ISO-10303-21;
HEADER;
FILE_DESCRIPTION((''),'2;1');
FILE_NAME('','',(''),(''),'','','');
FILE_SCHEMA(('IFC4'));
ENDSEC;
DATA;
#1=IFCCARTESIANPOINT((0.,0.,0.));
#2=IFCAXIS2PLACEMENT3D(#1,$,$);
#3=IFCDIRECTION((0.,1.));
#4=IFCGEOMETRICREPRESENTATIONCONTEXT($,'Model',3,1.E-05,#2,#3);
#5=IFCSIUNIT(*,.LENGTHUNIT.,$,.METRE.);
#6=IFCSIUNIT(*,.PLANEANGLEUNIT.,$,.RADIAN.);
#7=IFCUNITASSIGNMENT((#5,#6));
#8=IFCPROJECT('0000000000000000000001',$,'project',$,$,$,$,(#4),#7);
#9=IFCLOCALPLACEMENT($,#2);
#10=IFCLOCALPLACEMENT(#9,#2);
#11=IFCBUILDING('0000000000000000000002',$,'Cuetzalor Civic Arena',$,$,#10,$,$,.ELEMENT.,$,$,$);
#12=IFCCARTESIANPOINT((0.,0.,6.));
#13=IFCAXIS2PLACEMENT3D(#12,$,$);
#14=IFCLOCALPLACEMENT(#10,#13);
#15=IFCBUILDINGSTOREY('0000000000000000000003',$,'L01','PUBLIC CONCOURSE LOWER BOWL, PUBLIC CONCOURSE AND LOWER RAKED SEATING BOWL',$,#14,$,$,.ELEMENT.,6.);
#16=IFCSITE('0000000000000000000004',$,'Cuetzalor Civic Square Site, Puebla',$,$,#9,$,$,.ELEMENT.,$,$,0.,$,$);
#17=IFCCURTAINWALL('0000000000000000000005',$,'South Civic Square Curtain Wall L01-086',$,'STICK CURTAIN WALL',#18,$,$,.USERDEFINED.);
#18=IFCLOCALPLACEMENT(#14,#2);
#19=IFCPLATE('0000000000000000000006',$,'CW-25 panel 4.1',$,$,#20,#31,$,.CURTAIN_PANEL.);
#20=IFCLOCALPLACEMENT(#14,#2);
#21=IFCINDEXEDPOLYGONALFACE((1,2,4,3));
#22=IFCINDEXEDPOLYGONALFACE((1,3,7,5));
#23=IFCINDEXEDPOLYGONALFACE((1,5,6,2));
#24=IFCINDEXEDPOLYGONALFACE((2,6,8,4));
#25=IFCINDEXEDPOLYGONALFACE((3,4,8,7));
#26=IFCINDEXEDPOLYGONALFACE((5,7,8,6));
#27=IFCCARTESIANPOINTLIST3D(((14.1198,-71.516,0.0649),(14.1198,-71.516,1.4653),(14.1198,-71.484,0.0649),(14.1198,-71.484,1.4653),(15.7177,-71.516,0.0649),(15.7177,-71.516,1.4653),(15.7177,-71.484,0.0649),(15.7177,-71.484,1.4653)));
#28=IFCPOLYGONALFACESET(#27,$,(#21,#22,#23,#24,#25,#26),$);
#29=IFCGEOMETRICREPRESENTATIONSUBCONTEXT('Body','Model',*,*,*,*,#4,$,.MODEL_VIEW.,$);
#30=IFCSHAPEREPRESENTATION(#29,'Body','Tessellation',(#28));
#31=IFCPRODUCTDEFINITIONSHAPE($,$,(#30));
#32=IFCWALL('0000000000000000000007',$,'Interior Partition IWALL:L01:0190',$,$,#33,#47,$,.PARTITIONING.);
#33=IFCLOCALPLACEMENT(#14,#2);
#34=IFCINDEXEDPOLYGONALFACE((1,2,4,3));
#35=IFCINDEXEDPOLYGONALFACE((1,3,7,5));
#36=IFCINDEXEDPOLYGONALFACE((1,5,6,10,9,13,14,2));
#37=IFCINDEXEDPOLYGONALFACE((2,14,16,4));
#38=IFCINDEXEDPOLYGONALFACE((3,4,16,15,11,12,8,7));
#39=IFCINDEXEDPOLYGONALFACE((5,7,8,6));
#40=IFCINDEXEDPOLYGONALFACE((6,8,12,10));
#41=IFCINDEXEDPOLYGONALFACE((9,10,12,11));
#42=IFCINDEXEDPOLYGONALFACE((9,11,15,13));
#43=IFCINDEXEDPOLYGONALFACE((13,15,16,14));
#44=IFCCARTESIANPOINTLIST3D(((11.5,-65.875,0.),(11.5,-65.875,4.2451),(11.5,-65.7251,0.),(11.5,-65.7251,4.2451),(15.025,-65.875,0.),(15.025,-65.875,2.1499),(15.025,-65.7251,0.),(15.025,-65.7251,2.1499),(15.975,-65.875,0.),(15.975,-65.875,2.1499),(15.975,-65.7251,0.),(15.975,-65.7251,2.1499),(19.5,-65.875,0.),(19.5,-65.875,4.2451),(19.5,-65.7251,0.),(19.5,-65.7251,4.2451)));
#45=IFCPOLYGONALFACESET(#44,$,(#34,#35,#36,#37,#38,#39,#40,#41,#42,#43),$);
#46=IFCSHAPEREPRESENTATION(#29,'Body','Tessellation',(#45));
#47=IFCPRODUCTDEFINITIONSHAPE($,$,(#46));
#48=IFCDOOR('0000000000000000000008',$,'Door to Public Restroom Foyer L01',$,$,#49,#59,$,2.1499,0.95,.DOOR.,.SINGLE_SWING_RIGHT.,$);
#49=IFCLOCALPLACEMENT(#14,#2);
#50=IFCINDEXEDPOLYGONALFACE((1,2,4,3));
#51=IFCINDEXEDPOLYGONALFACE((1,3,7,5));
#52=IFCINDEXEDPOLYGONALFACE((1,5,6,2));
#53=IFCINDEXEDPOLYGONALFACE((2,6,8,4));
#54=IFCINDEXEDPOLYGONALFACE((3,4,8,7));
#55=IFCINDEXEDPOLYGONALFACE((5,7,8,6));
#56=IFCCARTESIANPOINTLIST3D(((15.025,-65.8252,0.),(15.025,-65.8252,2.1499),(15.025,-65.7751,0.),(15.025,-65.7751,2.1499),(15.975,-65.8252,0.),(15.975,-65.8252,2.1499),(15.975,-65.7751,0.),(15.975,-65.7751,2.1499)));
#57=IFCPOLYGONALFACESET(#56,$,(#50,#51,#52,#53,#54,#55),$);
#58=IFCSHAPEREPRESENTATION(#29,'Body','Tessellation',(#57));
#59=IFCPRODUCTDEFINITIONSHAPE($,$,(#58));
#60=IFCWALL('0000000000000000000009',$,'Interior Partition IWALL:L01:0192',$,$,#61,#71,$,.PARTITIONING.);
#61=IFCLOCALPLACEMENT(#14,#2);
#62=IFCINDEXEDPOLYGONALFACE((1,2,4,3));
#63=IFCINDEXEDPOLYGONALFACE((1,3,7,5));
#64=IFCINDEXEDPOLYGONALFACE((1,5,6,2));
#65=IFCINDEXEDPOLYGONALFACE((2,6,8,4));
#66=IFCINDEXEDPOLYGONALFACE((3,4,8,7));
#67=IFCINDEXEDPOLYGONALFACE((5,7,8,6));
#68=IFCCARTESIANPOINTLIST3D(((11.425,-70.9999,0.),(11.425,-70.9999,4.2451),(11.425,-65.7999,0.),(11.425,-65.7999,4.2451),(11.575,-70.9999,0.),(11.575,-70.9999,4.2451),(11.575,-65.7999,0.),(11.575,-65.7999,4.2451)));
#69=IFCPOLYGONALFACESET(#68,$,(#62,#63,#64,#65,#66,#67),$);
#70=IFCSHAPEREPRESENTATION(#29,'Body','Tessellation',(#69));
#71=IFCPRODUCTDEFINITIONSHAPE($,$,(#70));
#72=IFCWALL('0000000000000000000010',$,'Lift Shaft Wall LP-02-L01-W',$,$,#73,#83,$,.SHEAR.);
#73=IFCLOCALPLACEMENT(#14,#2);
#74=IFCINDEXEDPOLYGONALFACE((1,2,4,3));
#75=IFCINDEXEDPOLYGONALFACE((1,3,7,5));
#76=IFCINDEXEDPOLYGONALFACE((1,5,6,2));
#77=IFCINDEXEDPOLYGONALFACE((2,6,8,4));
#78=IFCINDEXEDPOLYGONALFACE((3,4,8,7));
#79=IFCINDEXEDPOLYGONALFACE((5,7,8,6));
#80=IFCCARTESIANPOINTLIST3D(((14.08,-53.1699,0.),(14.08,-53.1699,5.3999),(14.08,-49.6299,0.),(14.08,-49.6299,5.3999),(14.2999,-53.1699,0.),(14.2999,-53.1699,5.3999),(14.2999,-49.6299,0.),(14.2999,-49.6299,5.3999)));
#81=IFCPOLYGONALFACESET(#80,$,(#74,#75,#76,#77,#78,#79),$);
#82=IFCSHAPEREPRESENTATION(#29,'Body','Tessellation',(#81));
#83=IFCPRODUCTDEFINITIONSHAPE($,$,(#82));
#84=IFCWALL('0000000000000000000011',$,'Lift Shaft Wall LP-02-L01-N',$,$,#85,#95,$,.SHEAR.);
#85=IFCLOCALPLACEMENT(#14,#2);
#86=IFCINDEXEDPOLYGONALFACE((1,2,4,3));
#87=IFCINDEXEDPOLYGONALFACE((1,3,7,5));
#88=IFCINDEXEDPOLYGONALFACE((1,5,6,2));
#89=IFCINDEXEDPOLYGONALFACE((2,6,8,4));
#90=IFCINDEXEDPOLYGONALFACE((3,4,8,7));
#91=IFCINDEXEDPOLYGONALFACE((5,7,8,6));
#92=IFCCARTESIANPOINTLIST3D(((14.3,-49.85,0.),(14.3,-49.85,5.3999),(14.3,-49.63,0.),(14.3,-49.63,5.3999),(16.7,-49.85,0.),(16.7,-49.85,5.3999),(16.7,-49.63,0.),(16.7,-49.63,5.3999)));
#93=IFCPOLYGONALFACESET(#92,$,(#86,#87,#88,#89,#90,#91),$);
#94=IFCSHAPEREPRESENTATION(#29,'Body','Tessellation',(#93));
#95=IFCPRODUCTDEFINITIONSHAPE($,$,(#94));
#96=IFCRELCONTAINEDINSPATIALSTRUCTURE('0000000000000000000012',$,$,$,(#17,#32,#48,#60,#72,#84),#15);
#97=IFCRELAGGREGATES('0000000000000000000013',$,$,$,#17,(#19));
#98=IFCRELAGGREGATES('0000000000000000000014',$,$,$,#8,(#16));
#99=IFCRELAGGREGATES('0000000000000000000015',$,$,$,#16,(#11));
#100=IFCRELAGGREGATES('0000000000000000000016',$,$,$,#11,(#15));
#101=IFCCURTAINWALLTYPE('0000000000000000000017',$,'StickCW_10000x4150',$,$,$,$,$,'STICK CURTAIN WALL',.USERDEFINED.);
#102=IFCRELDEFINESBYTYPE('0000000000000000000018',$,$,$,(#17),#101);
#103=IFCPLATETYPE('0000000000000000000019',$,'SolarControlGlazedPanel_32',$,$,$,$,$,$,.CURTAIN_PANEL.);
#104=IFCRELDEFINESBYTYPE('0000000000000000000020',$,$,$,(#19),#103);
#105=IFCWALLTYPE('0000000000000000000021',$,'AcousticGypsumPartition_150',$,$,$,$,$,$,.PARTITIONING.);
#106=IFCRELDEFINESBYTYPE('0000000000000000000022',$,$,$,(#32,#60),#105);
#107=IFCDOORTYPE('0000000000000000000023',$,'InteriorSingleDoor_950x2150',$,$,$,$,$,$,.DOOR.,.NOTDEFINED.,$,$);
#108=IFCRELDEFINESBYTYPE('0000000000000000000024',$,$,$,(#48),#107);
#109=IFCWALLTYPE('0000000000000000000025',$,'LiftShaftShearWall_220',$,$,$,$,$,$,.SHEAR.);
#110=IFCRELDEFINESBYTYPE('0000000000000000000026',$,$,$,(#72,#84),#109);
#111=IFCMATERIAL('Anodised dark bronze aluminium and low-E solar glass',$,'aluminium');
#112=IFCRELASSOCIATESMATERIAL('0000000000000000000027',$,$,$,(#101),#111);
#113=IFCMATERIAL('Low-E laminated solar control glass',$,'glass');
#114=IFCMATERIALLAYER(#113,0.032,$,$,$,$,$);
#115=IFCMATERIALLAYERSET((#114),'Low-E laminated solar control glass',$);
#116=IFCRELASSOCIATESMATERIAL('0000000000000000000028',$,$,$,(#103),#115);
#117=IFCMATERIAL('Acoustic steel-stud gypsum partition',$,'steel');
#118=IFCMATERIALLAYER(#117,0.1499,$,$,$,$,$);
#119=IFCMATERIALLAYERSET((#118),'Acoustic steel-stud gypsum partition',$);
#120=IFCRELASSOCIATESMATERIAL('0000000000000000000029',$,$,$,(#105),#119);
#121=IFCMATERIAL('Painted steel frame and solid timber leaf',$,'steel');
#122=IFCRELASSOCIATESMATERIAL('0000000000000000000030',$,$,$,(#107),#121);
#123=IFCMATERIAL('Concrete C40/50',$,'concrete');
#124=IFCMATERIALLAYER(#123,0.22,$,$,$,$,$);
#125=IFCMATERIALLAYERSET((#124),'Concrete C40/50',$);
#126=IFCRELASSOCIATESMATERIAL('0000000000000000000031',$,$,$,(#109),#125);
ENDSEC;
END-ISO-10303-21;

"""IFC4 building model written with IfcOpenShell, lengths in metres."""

from ifc_helpers import new_model, si_unit, direction, frame, frame_2d, origin, origin_2d, place, context, subcontext, project, spatial, rectangle, extrude, material, layer, layer_set, type_object, element, fill, aggregate, save


model = new_model("IFC4")

# Units and contexts
model_context = context("Model", 3, precision=1e-05, world=origin(), true_north=direction((0.0, 1.0)))
body_context = subcontext(model_context, "Body", "Model", "MODEL_VIEW")
ifc_project = project(units=[si_unit("LENGTHUNIT", "METRE"), si_unit("PLANEANGLEUNIT", "RADIAN")], contexts=[model_context])

# Site, building, storey
site_placement = place(None, origin())
site = spatial("IfcSite", under=ifc_project, at=site_placement, Name="Cuetzalor Civic Square Site, Puebla", CompositionType="ELEMENT", RefElevation=0.0)
building_placement = place(site_placement, origin())
building = spatial("IfcBuilding", under=site, at=building_placement, Name="Cuetzalor Civic Arena", CompositionType="ELEMENT")
storey_placement = place(building_placement, frame((0.0, 0.0, 6.0)))
storey = spatial("IfcBuildingStorey", under=building, at=storey_placement, Name="L01", Description="PUBLIC CONCOURSE LOWER BOWL, PUBLIC CONCOURSE AND LOWER RAKED SEATING BOWL", CompositionType="ELEMENT", Elevation=6.0)

# Curtain wall
ifc_material_1 = material(Name="Anodised dark bronze aluminium and low-E solar glass", Category="aluminium")
curtain_wall_type = type_object("IfcCurtainWallType", Name="StickCW_10000x4150", ElementType="STICK CURTAIN WALL", PredefinedType="USERDEFINED", material=ifc_material_1)
curtain_wall_placement = place(storey_placement, origin())
curtain_wall = element("IfcCurtainWall", 1, at=curtain_wall_placement, inside=storey, type_object=curtain_wall_type, Name="South Civic Square Curtain Wall L01-086", ObjectType="STICK CURTAIN WALL", PredefinedType="USERDEFINED")

# Plate
ifc_material_2 = material(Name="Low-E laminated solar control glass", Category="glass")
ifc_layer_1 = layer(ifc_material_2, 0.032)
ifc_layer_set_1 = layer_set([ifc_layer_1], Name="Low-E laminated solar control glass")
plate_type = type_object("IfcPlateType", Name="SolarControlGlazedPanel_32", PredefinedType="CURTAIN_PANEL", material=ifc_layer_set_1)
plate_placement = place(storey_placement, frame((14.9187, -71.5, 0.0649), z_axis=(0.0, 0.0, 1.0), x_axis=(-1.0, 0.0, 0.0)))
plate = element("IfcPlate", 2, at=plate_placement, type_object=plate_type, Name="CW-25 panel 4.1", PredefinedType="CURTAIN_PANEL", context=body_context, shape_type="SweptSolid", body=[
    extrude(rectangle(XDim=1.5979, YDim=0.032, at=origin_2d()), origin(), (0.0, 0.0, 1.0), 1.4004),
])
aggregate(curtain_wall, [plate])

# Wall, opening, door
ifc_material_3 = material(Name="Acoustic steel-stud gypsum partition", Category="steel")
ifc_layer_2 = layer(ifc_material_3, 0.1499)
ifc_layer_set_2 = layer_set([ifc_layer_2], Name="Acoustic steel-stud gypsum partition")
wall_type_1 = type_object("IfcWallType", Name="AcousticGypsumPartition_150", PredefinedType="PARTITIONING", material=ifc_layer_set_2)
wall_1_placement = place(storey_placement, frame((11.5, -65.8, 0.0), z_axis=(0.0, 0.0, 1.0), x_axis=(1.0, 0.0, 0.0)))
wall_1 = element("IfcWall", 3, at=wall_1_placement, inside=storey, type_object=wall_type_1, Name="Interior Partition IWALL:L01:0190", PredefinedType="PARTITIONING", context=body_context, shape_type="SweptSolid", body=[
    extrude(rectangle(XDim=8.0, YDim=0.1499, at=frame_2d((4.0, 0.0))), origin(), (0.0, 0.0, 1.0), 4.2451),
])
opening_placement = place(wall_1_placement, frame((3.5249, 0.0, 0.0)))
opening = element("IfcOpeningElement", 4, at=opening_placement, cuts=wall_1, PredefinedType="OPENING", context=body_context, shape_type="SweptSolid", body=[
    extrude(rectangle(XDim=0.95, YDim=2.1499, at=frame_2d((0.4751, 1.075))), frame((0.0, 0.085, 0.0), z_axis=(0.0, -1.0, 0.0), x_axis=(1.0, 0.0, 0.0)), (0.0, 0.0, 1.0), 0.1699),
])
ifc_material_4 = material(Name="Painted steel frame and solid timber leaf", Category="steel")
door_type = type_object("IfcDoorType", Name="InteriorSingleDoor_950x2150", OperationType="NOTDEFINED", PredefinedType="DOOR", material=ifc_material_4)
door_placement = place(opening_placement, origin())
door = element("IfcDoor", 5, at=door_placement, inside=storey, type_object=door_type, Name="Door to Public Restroom Foyer L01", OperationType="SINGLE_SWING_RIGHT", OverallHeight=2.1499, OverallWidth=0.95, PredefinedType="DOOR", context=body_context, shape_type="SweptSolid", body=[
    extrude(rectangle(XDim=0.95, YDim=2.1499, at=frame_2d((0.4751, 1.075))), frame((0.0, 0.0249, 0.0), z_axis=(0.0, -1.0, 0.0), x_axis=(1.0, 0.0, 0.0)), (0.0, 0.0, 1.0), 0.05),
])
fill(opening, door)

# Walls
wall_2_placement = place(storey_placement, frame((11.5, -71.0, 0.0), z_axis=(0.0, 0.0, 1.0), x_axis=(0.0, 1.0, 0.0)))
element("IfcWall", 6, at=wall_2_placement, inside=storey, type_object=wall_type_1, Name="Interior Partition IWALL:L01:0192", PredefinedType="PARTITIONING", context=body_context, shape_type="SweptSolid", body=[
    extrude(rectangle(XDim=5.2, YDim=0.1499, at=frame_2d((2.6001, 0.0))), origin(), (0.0, 0.0, 1.0), 4.2451),
])
ifc_material_5 = material(Name="Concrete C40/50", Category="concrete")
ifc_layer_3 = layer(ifc_material_5, 0.22)
ifc_layer_set_3 = layer_set([ifc_layer_3], Name="Concrete C40/50")
wall_type_2 = type_object("IfcWallType", Name="LiftShaftShearWall_220", PredefinedType="SHEAR", material=ifc_layer_set_3)
wall_3_placement = place(storey_placement, frame((14.1899, -53.1699, 0.0), z_axis=(0.0, 0.0, 1.0), x_axis=(0.0, 1.0, 0.0)))
element("IfcWall", 7, at=wall_3_placement, inside=storey, type_object=wall_type_2, Name="Lift Shaft Wall LP-02-L01-W", PredefinedType="SHEAR", context=body_context, shape_type="SweptSolid", body=[
    extrude(rectangle(XDim=3.54, YDim=0.22, at=frame_2d((1.77, 0.0))), origin(), (0.0, 0.0, 1.0), 5.3999),
])
wall_4_placement = place(storey_placement, frame((14.3, -49.74, 0.0), z_axis=(0.0, 0.0, 1.0), x_axis=(1.0, 0.0, 0.0)))
element("IfcWall", 8, at=wall_4_placement, inside=storey, type_object=wall_type_2, Name="Lift Shaft Wall LP-02-L01-N", PredefinedType="SHEAR", context=body_context, shape_type="SweptSolid", body=[
    extrude(rectangle(XDim=2.3999, YDim=0.22, at=frame_2d((1.2, 0.0))), origin(), (0.0, 0.0, 1.0), 5.3999),
])

save(model, "model.ifc")
